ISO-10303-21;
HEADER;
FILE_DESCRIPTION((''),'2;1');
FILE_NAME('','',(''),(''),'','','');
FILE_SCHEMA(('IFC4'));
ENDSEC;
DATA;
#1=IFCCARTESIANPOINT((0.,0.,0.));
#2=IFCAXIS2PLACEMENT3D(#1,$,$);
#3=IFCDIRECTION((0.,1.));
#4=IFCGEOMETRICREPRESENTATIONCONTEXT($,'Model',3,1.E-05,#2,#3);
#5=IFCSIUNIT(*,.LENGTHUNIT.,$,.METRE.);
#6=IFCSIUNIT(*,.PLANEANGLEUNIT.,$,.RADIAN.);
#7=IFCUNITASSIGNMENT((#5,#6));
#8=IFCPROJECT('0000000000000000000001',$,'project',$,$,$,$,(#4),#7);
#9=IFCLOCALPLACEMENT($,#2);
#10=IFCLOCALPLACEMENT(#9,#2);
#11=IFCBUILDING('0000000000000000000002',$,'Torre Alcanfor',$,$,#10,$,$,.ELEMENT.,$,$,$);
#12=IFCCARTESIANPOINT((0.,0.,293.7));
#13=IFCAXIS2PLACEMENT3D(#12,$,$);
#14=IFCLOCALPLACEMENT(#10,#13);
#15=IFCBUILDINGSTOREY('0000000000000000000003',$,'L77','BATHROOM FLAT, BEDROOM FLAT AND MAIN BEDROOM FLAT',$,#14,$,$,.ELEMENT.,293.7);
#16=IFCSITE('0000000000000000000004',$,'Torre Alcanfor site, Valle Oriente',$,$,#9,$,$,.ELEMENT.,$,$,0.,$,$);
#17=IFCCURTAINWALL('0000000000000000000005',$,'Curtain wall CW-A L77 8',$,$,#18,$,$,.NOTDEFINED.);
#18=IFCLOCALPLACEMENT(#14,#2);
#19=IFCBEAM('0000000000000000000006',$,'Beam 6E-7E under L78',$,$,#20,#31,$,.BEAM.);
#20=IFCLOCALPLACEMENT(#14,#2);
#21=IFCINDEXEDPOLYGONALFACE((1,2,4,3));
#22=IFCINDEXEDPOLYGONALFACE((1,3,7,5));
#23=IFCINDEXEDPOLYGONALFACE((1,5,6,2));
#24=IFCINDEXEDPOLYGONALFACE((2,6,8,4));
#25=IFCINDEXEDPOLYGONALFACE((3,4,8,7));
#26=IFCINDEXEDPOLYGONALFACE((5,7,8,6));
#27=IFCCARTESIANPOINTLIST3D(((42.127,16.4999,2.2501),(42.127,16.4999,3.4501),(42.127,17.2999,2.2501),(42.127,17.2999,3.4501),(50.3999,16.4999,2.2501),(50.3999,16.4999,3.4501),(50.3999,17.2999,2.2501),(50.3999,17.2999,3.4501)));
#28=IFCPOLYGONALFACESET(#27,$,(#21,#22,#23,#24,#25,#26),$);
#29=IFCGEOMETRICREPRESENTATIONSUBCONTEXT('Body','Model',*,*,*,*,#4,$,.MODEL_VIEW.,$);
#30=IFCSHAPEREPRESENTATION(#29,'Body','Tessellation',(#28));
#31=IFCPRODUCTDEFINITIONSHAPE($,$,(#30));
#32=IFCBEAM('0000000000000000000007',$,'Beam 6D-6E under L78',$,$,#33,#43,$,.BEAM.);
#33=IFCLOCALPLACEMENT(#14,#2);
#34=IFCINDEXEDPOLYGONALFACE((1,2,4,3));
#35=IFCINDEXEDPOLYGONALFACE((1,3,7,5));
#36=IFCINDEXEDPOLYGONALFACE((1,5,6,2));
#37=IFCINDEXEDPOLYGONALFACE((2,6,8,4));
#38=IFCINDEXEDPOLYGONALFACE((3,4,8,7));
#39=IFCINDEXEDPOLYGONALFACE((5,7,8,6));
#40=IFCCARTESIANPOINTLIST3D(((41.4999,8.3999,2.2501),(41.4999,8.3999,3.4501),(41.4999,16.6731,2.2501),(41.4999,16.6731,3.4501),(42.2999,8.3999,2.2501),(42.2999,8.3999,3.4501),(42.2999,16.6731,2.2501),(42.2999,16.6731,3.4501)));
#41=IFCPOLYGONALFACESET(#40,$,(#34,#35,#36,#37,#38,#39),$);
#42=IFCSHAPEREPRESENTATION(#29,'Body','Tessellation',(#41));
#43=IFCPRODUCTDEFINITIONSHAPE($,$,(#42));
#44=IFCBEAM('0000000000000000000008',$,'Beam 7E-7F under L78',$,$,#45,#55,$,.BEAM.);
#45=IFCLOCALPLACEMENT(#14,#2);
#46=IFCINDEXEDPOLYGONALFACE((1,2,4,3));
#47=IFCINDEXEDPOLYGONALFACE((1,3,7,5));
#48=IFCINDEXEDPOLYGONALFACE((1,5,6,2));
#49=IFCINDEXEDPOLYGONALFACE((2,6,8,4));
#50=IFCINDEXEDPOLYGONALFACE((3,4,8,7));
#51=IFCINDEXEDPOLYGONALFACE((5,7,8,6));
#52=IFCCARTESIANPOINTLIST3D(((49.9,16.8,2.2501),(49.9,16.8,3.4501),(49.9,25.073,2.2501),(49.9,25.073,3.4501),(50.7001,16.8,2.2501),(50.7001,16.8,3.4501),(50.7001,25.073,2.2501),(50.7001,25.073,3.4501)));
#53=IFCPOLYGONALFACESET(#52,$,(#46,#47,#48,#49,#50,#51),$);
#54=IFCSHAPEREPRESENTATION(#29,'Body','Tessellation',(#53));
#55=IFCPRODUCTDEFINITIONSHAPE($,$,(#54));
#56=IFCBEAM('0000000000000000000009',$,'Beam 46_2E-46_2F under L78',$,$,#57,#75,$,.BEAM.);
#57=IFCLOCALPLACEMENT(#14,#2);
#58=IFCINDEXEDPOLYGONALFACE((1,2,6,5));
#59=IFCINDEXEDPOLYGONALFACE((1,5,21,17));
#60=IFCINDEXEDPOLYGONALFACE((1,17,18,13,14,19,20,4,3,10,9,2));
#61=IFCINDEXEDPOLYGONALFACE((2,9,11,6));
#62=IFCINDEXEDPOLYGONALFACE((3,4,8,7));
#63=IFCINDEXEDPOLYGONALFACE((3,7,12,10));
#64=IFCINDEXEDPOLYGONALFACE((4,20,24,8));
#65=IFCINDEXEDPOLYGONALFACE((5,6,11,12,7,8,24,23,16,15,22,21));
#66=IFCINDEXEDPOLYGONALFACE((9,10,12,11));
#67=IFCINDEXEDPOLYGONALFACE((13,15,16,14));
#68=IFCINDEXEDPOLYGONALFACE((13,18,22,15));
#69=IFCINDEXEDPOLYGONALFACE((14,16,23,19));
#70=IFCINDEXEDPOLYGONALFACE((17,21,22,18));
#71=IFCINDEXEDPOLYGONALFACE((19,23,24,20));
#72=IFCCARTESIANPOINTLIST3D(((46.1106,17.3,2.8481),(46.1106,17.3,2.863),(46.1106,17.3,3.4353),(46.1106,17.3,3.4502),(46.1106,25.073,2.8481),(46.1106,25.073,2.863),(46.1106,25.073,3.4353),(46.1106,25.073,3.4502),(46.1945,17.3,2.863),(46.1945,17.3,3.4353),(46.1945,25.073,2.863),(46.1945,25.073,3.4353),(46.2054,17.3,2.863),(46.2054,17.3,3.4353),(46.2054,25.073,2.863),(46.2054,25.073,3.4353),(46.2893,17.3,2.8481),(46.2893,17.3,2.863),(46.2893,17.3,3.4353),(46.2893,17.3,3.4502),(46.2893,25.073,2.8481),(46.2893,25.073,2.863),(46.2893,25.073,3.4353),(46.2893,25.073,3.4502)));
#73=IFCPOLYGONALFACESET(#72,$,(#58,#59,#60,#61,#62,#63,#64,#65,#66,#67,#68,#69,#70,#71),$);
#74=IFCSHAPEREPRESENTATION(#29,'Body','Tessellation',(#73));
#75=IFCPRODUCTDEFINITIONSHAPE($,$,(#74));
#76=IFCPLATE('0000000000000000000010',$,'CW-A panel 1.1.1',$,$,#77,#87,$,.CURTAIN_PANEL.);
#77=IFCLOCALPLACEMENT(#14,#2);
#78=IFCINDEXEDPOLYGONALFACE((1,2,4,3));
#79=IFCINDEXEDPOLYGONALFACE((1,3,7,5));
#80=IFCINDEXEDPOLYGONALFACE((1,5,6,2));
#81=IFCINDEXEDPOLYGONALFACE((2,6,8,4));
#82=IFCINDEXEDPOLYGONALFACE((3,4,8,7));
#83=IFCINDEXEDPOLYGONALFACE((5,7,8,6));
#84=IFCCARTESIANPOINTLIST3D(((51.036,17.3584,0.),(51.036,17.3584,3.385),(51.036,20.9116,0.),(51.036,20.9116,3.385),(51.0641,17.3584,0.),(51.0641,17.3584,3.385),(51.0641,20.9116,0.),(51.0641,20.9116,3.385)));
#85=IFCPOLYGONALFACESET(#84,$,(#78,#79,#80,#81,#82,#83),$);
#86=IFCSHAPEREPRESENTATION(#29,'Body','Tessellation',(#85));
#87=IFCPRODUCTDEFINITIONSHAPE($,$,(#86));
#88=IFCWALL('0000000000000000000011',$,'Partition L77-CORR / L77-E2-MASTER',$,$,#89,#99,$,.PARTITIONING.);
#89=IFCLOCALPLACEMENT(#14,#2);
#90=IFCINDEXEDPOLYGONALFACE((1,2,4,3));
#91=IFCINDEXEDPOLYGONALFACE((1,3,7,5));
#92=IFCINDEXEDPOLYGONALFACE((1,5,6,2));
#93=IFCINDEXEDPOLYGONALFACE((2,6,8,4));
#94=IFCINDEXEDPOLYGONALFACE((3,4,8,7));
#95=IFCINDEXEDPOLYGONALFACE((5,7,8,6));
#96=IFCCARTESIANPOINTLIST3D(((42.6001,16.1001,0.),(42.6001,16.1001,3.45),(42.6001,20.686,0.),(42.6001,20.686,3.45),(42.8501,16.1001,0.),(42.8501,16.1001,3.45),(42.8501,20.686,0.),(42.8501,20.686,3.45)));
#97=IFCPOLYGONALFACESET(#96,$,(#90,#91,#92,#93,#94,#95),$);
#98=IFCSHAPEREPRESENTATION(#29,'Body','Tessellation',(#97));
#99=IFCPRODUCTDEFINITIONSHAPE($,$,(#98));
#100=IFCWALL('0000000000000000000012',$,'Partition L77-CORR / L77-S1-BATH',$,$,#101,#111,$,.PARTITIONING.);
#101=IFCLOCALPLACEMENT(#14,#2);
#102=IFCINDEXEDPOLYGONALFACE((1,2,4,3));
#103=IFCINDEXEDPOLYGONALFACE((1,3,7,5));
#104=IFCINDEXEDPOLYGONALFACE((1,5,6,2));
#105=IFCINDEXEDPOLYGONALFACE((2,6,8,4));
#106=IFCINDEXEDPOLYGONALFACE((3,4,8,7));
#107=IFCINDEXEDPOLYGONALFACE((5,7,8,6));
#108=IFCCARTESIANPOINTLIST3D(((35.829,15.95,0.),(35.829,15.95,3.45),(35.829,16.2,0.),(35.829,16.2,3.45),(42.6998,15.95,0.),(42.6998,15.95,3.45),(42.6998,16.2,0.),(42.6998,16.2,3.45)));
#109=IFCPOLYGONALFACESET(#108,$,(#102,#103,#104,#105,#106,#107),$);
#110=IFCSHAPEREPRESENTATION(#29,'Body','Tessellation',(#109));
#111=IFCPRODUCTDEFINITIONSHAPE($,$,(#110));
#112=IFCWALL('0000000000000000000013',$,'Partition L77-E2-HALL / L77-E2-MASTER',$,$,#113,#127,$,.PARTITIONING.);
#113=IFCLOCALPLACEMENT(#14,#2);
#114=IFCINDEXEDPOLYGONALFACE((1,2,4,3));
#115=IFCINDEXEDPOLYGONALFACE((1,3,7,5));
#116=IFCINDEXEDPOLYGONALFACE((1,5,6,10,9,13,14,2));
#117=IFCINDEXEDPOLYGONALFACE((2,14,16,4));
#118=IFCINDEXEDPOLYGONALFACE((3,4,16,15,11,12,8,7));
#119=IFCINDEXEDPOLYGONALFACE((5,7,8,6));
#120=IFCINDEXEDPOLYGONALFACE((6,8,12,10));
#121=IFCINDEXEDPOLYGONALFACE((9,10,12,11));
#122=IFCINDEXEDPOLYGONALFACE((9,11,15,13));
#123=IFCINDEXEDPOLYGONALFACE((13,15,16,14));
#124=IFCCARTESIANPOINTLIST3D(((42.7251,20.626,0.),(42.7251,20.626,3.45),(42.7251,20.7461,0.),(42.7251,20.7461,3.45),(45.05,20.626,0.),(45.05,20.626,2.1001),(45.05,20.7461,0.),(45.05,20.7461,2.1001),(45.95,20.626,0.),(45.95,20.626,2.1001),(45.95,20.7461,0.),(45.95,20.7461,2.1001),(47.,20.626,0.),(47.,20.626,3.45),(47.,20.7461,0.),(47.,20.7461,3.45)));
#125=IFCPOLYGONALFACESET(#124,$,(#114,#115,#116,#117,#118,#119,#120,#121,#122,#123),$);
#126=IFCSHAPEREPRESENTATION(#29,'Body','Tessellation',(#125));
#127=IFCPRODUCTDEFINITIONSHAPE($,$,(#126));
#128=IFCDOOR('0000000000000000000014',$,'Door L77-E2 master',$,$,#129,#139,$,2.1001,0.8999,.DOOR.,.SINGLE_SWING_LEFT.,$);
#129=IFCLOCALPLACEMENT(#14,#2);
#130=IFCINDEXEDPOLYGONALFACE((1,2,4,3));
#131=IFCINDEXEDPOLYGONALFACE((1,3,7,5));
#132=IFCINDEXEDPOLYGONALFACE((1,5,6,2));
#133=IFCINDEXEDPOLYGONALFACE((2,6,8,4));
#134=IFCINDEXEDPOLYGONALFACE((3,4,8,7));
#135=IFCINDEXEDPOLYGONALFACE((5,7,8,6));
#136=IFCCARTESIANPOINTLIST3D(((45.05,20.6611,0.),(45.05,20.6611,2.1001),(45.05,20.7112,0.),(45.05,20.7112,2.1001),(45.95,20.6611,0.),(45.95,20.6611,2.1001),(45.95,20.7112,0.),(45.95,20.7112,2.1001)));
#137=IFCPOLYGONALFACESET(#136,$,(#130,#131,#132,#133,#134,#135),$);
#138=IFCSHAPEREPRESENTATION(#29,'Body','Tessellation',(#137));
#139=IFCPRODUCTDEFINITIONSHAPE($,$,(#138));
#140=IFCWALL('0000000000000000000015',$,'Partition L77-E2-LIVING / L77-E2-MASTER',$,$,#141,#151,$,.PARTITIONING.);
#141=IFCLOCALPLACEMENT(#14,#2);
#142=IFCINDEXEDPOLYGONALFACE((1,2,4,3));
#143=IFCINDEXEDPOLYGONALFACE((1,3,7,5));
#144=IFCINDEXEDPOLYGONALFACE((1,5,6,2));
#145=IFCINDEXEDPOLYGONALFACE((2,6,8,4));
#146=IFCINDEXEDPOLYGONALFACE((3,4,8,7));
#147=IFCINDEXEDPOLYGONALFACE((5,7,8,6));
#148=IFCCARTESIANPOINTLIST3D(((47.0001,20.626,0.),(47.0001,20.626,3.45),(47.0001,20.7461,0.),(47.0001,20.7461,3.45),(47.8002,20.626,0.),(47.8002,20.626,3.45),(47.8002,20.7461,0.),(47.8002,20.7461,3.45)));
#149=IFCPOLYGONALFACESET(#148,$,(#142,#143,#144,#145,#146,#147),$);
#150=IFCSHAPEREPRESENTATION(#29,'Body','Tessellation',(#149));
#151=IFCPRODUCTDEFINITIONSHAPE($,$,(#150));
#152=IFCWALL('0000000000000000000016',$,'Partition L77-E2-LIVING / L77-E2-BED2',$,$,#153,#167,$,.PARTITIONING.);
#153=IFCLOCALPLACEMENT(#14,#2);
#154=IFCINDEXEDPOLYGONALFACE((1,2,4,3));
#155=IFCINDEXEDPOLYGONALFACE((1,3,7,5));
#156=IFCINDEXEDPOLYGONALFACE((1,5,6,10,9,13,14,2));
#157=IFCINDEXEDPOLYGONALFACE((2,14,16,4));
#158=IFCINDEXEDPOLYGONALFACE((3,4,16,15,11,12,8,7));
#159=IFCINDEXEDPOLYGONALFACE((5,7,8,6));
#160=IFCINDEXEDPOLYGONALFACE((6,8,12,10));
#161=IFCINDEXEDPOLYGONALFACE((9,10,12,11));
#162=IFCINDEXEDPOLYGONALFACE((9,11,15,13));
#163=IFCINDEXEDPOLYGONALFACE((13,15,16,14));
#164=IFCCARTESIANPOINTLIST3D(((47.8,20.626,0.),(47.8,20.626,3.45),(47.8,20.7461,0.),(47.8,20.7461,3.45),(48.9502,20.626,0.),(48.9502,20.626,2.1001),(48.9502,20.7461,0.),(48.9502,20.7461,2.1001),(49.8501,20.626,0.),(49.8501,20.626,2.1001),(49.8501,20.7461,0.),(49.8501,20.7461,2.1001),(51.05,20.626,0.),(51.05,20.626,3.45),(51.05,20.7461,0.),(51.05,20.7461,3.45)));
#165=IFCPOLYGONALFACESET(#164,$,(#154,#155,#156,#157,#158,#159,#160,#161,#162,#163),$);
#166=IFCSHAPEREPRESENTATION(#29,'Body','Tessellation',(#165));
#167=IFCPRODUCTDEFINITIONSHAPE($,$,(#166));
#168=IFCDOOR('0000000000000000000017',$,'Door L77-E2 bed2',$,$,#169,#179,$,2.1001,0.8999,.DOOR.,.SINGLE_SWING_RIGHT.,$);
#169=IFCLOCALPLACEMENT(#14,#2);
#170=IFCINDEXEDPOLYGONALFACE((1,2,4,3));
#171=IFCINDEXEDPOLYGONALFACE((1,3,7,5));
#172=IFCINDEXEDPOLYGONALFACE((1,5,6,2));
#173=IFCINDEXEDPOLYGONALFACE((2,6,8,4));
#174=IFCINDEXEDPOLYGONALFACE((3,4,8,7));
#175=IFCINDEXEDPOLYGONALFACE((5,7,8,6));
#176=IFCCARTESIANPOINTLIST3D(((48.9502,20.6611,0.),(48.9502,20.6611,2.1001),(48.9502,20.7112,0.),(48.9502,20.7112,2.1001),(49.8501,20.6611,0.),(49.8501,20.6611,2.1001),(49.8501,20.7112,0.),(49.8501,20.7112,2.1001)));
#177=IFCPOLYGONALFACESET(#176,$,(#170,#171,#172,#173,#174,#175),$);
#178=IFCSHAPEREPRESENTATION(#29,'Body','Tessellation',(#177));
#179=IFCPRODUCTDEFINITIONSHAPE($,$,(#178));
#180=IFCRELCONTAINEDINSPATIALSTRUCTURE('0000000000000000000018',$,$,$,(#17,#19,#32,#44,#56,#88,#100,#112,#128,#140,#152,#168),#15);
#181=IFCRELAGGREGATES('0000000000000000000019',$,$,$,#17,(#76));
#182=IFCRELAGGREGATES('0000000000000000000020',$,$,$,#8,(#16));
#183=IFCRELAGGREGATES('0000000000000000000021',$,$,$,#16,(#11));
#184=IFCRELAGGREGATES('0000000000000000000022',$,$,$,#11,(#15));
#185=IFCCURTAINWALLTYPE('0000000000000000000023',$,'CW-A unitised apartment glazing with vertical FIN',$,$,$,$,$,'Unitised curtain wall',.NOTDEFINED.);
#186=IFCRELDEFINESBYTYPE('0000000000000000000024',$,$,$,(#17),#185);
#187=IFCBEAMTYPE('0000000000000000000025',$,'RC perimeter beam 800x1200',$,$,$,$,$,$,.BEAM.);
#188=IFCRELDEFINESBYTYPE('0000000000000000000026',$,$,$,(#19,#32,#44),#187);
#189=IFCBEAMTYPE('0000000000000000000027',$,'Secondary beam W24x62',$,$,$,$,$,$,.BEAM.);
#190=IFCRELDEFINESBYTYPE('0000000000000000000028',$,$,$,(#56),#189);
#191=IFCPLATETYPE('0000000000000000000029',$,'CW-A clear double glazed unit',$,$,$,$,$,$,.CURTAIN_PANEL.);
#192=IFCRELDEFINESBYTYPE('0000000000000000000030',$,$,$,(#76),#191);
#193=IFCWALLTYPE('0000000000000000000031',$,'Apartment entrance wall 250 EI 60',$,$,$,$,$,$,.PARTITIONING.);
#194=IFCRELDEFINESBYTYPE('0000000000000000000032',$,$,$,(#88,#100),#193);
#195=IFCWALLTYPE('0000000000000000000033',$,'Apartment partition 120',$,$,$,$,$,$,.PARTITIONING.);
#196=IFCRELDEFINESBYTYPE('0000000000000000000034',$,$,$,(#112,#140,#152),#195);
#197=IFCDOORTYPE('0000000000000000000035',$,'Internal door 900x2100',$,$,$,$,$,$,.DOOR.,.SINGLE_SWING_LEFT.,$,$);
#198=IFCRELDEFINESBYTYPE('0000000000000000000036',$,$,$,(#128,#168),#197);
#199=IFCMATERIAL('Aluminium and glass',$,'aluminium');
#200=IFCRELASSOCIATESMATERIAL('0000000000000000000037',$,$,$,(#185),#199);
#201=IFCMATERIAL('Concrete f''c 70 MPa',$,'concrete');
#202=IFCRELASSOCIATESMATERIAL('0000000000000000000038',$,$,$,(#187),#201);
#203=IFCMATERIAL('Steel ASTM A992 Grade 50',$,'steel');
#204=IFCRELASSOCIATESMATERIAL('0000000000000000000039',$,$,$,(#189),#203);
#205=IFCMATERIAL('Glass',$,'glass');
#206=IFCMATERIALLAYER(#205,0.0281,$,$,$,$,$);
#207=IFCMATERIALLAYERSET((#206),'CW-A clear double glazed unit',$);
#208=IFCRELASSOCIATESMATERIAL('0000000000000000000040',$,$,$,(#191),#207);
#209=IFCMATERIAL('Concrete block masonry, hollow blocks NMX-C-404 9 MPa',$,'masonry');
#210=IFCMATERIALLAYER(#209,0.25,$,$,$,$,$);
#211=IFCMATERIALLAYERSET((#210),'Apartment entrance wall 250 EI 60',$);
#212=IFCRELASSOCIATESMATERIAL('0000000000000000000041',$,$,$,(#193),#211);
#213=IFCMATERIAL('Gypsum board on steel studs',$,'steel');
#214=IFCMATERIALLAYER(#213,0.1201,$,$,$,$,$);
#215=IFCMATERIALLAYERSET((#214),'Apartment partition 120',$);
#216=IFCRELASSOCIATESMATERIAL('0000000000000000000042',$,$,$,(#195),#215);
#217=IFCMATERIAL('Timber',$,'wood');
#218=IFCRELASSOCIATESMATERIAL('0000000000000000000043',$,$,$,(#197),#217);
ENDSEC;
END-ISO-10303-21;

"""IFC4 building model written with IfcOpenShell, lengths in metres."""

from ifc_helpers import new_model, si_unit, direction, frame, frame_2d, origin, origin_2d, place, context, subcontext, project, spatial, rectangle, i_section, extrude, material, layer, layer_set, material_profile, profile_set, type_object, element, fill, aggregate, save


model = new_model("IFC4")

# Units and contexts
model_context = context("Model", 3, precision=1e-05, world=origin(), true_north=direction((0.0, 1.0)))
body_context = subcontext(model_context, "Body", "Model", "MODEL_VIEW")
ifc_project = project(units=[si_unit("LENGTHUNIT", "METRE"), si_unit("PLANEANGLEUNIT", "RADIAN")], contexts=[model_context])

# Site, building, storey
site_placement = place(None, origin())
site = spatial("IfcSite", under=ifc_project, at=site_placement, Name="Torre Alcanfor site, Valle Oriente", CompositionType="ELEMENT", RefElevation=0.0)
building_placement = place(site_placement, origin())
building = spatial("IfcBuilding", under=site, at=building_placement, Name="Torre Alcanfor", CompositionType="ELEMENT")
storey_placement = place(building_placement, frame((0.0, 0.0, 293.7)))
storey = spatial("IfcBuildingStorey", under=building, at=storey_placement, Name="L77", Description="BATHROOM FLAT, BEDROOM FLAT AND MAIN BEDROOM FLAT", CompositionType="ELEMENT", Elevation=293.7)

# Shared definitions
ifc_material_1 = material(Name="Aluminium and glass", Category="aluminium")
curtain_wall_type = type_object("IfcCurtainWallType", Name="CW-A unitised apartment glazing with vertical FIN", ElementType="Unitised curtain wall", PredefinedType="NOTDEFINED", material=ifc_material_1)

# Curtain wall
curtain_wall_1_placement = place(storey_placement, origin())
curtain_wall_1 = element("IfcCurtainWall", 1, at=curtain_wall_1_placement, inside=storey, type_object=curtain_wall_type, Name="Curtain wall CW-A L77 8", PredefinedType="NOTDEFINED")

# Beams
ifc_material_2 = material(Name="Concrete f'c 70 MPa", Category="concrete")
ifc_material_profile_1 = material_profile(ifc_material_2, rectangle(XDim=0.8, YDim=1.2, at=origin_2d()), Name="800x1200")
ifc_profile_set_1 = profile_set([ifc_material_profile_1], Name="Concrete f'c 70 MPa")
beam_type_1 = type_object("IfcBeamType", Name="RC perimeter beam 800x1200", PredefinedType="BEAM", material=ifc_profile_set_1)
beam_1_placement = place(storey_placement, frame((42.127, 16.8999, 2.8501), z_axis=(1.0, 0.0, 0.0), x_axis=(0.0, 1.0, 0.0)))
element("IfcBeam", 2, at=beam_1_placement, inside=storey, type_object=beam_type_1, Name="Beam 6E-7E under L78", PredefinedType="BEAM", context=body_context, shape_type="SweptSolid", body=[
    extrude(rectangle(XDim=0.8, YDim=1.2, at=origin_2d()), origin(), (0.0, 0.0, 1.0), 8.2729),
])
beam_2_placement = place(storey_placement, frame((41.8999, 8.3999, 2.8501), z_axis=(0.0, 1.0, 0.0), x_axis=(-1.0, 0.0, 0.0)))
element("IfcBeam", 3, at=beam_2_placement, inside=storey, type_object=beam_type_1, Name="Beam 6D-6E under L78", PredefinedType="BEAM", context=body_context, shape_type="SweptSolid", body=[
    extrude(rectangle(XDim=0.8, YDim=1.2, at=origin_2d()), origin(), (0.0, 0.0, 1.0), 8.2732),
])
beam_3_placement = place(storey_placement, frame((50.3, 16.8, 2.8501), z_axis=(0.0, 1.0, 0.0), x_axis=(-1.0, 0.0, 0.0)))
element("IfcBeam", 4, at=beam_3_placement, inside=storey, type_object=beam_type_1, Name="Beam 7E-7F under L78", PredefinedType="BEAM", context=body_context, shape_type="SweptSolid", body=[
    extrude(rectangle(XDim=0.8, YDim=1.2, at=origin_2d()), origin(), (0.0, 0.0, 1.0), 8.2729),
])
ifc_material_3 = material(Name="Steel ASTM A992 Grade 50", Category="steel")
ifc_material_profile_2 = material_profile(ifc_material_3, i_section(OverallWidth=0.1787, OverallDepth=0.6021, WebThickness=0.011, FlangeThickness=0.0149, at=origin_2d()), Name="W24x62")
ifc_profile_set_2 = profile_set([ifc_material_profile_2], Name="Steel ASTM A992 Grade 50")
beam_type_2 = type_object("IfcBeamType", Name="Secondary beam W24x62", PredefinedType="BEAM", material=ifc_profile_set_2)
beam_4_placement = place(storey_placement, frame((46.2, 17.3, 3.1492), z_axis=(0.0, 1.0, 0.0), x_axis=(-1.0, 0.0, 0.0)))
element("IfcBeam", 5, at=beam_4_placement, inside=storey, type_object=beam_type_2, Name="Beam 46_2E-46_2F under L78", PredefinedType="BEAM", context=body_context, shape_type="SweptSolid", body=[
    extrude(i_section(OverallWidth=0.1787, OverallDepth=0.6021, WebThickness=0.011, FlangeThickness=0.0149, at=origin_2d()), origin(), (0.0, 0.0, 1.0), 7.7729),
])

# Plate
ifc_material_4 = material(Name="Glass", Category="glass")
ifc_layer_1 = layer(ifc_material_4, 0.0281)
ifc_layer_set_1 = layer_set([ifc_layer_1], Name="CW-A clear double glazed unit")
plate_type = type_object("IfcPlateType", Name="CW-A clear double glazed unit", PredefinedType="CURTAIN_PANEL", material=ifc_layer_set_1)
plate_placement = place(storey_placement, frame((51.05, 19.135, 0.0), z_axis=(0.0, 0.0, 1.0), x_axis=(0.0, 1.0, 0.0)))
plate = element("IfcPlate", 6, at=plate_placement, type_object=plate_type, Name="CW-A panel 1.1.1", PredefinedType="CURTAIN_PANEL", context=body_context, shape_type="SweptSolid", body=[
    extrude(rectangle(XDim=3.5532, YDim=0.0281, at=origin_2d()), origin(), (0.0, 0.0, 1.0), 3.385),
])
aggregate(curtain_wall_1, [plate])

# Walls
ifc_material_5 = material(Name="Concrete block masonry, hollow blocks NMX-C-404 9 MPa", Category="masonry")
ifc_layer_2 = layer(ifc_material_5, 0.25)
ifc_layer_set_2 = layer_set([ifc_layer_2], Name="Apartment entrance wall 250 EI 60")
wall_type_1 = type_object("IfcWallType", Name="Apartment entrance wall 250 EI 60", PredefinedType="PARTITIONING", material=ifc_layer_set_2)
wall_1_placement = place(storey_placement, frame((42.7251, 20.686, 0.0), z_axis=(0.0, 0.0, 1.0), x_axis=(0.0, -1.0, 0.0)))
element("IfcWall", 7, at=wall_1_placement, inside=storey, type_object=wall_type_1, Name="Partition L77-CORR / L77-E2-MASTER", PredefinedType="PARTITIONING", context=body_context, shape_type="SweptSolid", body=[
    extrude(rectangle(XDim=4.5859, YDim=0.25, at=frame_2d((2.293, 0.0))), origin(), (0.0, 0.0, 1.0), 3.45),
])
wall_2_placement = place(storey_placement, frame((42.7, 16.075, 0.0), z_axis=(0.0, 0.0, 1.0), x_axis=(-1.0, 0.0, 0.0)))
element("IfcWall", 8, at=wall_2_placement, inside=storey, type_object=wall_type_1, Name="Partition L77-CORR / L77-S1-BATH", PredefinedType="PARTITIONING", context=body_context, shape_type="SweptSolid", body=[
    extrude(rectangle(XDim=6.8708, YDim=0.25, at=frame_2d((3.4355, 0.0))), origin(), (0.0, 0.0, 1.0), 3.45),
])

# Wall, opening, door
ifc_material_6 = material(Name="Gypsum board on steel studs", Category="steel")
ifc_layer_3 = layer(ifc_material_6, 0.1201)
ifc_layer_set_3 = layer_set([ifc_layer_3], Name="Apartment partition 120")
wall_type_2 = type_object("IfcWallType", Name="Apartment partition 120", PredefinedType="PARTITIONING", material=ifc_layer_set_3)
wall_3_placement = place(storey_placement, frame((47.0, 20.686, 0.0), z_axis=(0.0, 0.0, 1.0), x_axis=(-1.0, 0.0, 0.0)))
wall_3 = element("IfcWall", 9, at=wall_3_placement, inside=storey, type_object=wall_type_2, Name="Partition L77-E2-HALL / L77-E2-MASTER", PredefinedType="PARTITIONING", context=body_context, shape_type="SweptSolid", body=[
    extrude(rectangle(XDim=4.2749, YDim=0.1201, at=frame_2d((2.1375, 0.0))), origin(), (0.0, 0.0, 1.0), 3.45),
])
opening_1_placement = place(wall_3_placement, frame((1.05, 0.0, 0.0)))
opening_1 = element("IfcOpeningElement", 10, at=opening_1_placement, cuts=wall_3, PredefinedType="OPENING", context=body_context, shape_type="SweptSolid", body=[
    extrude(rectangle(XDim=0.8999, YDim=2.1001, at=frame_2d((0.45, 1.05))), frame((0.0, 0.0701, 0.0), z_axis=(0.0, -1.0, 0.0), x_axis=(1.0, 0.0, 0.0)), (0.0, 0.0, 1.0), 0.1401),
])
ifc_material_7 = material(Name="Timber", Category="wood")
door_type = type_object("IfcDoorType", Name="Internal door 900x2100", OperationType="SINGLE_SWING_LEFT", PredefinedType="DOOR", material=ifc_material_7)
door_1_placement = place(opening_1_placement, origin())
door_1 = element("IfcDoor", 11, at=door_1_placement, inside=storey, type_object=door_type, Name="Door L77-E2 master", OperationType="SINGLE_SWING_LEFT", OverallHeight=2.1001, OverallWidth=0.8999, PredefinedType="DOOR", context=body_context, shape_type="SweptSolid", body=[
    extrude(rectangle(XDim=0.8999, YDim=2.1001, at=frame_2d((0.45, 1.05))), frame((0.0, 0.0249, 0.0), z_axis=(0.0, -1.0, 0.0), x_axis=(1.0, 0.0, 0.0)), (0.0, 0.0, 1.0), 0.05),
])
fill(opening_1, door_1)

# Wall
wall_4_placement = place(storey_placement, frame((47.8, 20.686, 0.0), z_axis=(0.0, 0.0, 1.0), x_axis=(-1.0, 0.0, 0.0)))
element("IfcWall", 12, at=wall_4_placement, inside=storey, type_object=wall_type_2, Name="Partition L77-E2-LIVING / L77-E2-MASTER", PredefinedType="PARTITIONING", context=body_context, shape_type="SweptSolid", body=[
    extrude(rectangle(XDim=0.8, YDim=0.1201, at=frame_2d((0.3999, 0.0))), origin(), (0.0, 0.0, 1.0), 3.45),
])

# Wall, opening, door
wall_5_placement = place(storey_placement, frame((51.05, 20.686, 0.0), z_axis=(0.0, 0.0, 1.0), x_axis=(-1.0, 0.0, 0.0)))
wall_5 = element("IfcWall", 13, at=wall_5_placement, inside=storey, type_object=wall_type_2, Name="Partition L77-E2-LIVING / L77-E2-BED2", PredefinedType="PARTITIONING", context=body_context, shape_type="SweptSolid", body=[
    extrude(rectangle(XDim=3.25, YDim=0.1201, at=frame_2d((1.625, 0.0))), origin(), (0.0, 0.0, 1.0), 3.45),
])
opening_2_placement = place(wall_5_placement, frame((1.2, 0.0, 0.0)))
opening_2 = element("IfcOpeningElement", 14, at=opening_2_placement, cuts=wall_5, PredefinedType="OPENING", context=body_context, shape_type="SweptSolid", body=[
    extrude(rectangle(XDim=0.8999, YDim=2.1001, at=frame_2d((0.45, 1.05))), frame((0.0, 0.0701, 0.0), z_axis=(0.0, -1.0, 0.0), x_axis=(1.0, 0.0, 0.0)), (0.0, 0.0, 1.0), 0.1401),
])
door_2_placement = place(opening_2_placement, origin())
door_2 = element("IfcDoor", 15, at=door_2_placement, inside=storey, type_object=door_type, Name="Door L77-E2 bed2", OperationType="SINGLE_SWING_RIGHT", OverallHeight=2.1001, OverallWidth=0.8999, PredefinedType="DOOR", context=body_context, shape_type="SweptSolid", body=[
    extrude(rectangle(XDim=0.8999, YDim=2.1001, at=frame_2d((0.45, 1.05))), frame((0.0, 0.0249, 0.0), z_axis=(0.0, -1.0, 0.0), x_axis=(1.0, 0.0, 0.0)), (0.0, 0.0, 1.0), 0.05),
])
fill(opening_2, door_2)

save(model, "model.ifc")
